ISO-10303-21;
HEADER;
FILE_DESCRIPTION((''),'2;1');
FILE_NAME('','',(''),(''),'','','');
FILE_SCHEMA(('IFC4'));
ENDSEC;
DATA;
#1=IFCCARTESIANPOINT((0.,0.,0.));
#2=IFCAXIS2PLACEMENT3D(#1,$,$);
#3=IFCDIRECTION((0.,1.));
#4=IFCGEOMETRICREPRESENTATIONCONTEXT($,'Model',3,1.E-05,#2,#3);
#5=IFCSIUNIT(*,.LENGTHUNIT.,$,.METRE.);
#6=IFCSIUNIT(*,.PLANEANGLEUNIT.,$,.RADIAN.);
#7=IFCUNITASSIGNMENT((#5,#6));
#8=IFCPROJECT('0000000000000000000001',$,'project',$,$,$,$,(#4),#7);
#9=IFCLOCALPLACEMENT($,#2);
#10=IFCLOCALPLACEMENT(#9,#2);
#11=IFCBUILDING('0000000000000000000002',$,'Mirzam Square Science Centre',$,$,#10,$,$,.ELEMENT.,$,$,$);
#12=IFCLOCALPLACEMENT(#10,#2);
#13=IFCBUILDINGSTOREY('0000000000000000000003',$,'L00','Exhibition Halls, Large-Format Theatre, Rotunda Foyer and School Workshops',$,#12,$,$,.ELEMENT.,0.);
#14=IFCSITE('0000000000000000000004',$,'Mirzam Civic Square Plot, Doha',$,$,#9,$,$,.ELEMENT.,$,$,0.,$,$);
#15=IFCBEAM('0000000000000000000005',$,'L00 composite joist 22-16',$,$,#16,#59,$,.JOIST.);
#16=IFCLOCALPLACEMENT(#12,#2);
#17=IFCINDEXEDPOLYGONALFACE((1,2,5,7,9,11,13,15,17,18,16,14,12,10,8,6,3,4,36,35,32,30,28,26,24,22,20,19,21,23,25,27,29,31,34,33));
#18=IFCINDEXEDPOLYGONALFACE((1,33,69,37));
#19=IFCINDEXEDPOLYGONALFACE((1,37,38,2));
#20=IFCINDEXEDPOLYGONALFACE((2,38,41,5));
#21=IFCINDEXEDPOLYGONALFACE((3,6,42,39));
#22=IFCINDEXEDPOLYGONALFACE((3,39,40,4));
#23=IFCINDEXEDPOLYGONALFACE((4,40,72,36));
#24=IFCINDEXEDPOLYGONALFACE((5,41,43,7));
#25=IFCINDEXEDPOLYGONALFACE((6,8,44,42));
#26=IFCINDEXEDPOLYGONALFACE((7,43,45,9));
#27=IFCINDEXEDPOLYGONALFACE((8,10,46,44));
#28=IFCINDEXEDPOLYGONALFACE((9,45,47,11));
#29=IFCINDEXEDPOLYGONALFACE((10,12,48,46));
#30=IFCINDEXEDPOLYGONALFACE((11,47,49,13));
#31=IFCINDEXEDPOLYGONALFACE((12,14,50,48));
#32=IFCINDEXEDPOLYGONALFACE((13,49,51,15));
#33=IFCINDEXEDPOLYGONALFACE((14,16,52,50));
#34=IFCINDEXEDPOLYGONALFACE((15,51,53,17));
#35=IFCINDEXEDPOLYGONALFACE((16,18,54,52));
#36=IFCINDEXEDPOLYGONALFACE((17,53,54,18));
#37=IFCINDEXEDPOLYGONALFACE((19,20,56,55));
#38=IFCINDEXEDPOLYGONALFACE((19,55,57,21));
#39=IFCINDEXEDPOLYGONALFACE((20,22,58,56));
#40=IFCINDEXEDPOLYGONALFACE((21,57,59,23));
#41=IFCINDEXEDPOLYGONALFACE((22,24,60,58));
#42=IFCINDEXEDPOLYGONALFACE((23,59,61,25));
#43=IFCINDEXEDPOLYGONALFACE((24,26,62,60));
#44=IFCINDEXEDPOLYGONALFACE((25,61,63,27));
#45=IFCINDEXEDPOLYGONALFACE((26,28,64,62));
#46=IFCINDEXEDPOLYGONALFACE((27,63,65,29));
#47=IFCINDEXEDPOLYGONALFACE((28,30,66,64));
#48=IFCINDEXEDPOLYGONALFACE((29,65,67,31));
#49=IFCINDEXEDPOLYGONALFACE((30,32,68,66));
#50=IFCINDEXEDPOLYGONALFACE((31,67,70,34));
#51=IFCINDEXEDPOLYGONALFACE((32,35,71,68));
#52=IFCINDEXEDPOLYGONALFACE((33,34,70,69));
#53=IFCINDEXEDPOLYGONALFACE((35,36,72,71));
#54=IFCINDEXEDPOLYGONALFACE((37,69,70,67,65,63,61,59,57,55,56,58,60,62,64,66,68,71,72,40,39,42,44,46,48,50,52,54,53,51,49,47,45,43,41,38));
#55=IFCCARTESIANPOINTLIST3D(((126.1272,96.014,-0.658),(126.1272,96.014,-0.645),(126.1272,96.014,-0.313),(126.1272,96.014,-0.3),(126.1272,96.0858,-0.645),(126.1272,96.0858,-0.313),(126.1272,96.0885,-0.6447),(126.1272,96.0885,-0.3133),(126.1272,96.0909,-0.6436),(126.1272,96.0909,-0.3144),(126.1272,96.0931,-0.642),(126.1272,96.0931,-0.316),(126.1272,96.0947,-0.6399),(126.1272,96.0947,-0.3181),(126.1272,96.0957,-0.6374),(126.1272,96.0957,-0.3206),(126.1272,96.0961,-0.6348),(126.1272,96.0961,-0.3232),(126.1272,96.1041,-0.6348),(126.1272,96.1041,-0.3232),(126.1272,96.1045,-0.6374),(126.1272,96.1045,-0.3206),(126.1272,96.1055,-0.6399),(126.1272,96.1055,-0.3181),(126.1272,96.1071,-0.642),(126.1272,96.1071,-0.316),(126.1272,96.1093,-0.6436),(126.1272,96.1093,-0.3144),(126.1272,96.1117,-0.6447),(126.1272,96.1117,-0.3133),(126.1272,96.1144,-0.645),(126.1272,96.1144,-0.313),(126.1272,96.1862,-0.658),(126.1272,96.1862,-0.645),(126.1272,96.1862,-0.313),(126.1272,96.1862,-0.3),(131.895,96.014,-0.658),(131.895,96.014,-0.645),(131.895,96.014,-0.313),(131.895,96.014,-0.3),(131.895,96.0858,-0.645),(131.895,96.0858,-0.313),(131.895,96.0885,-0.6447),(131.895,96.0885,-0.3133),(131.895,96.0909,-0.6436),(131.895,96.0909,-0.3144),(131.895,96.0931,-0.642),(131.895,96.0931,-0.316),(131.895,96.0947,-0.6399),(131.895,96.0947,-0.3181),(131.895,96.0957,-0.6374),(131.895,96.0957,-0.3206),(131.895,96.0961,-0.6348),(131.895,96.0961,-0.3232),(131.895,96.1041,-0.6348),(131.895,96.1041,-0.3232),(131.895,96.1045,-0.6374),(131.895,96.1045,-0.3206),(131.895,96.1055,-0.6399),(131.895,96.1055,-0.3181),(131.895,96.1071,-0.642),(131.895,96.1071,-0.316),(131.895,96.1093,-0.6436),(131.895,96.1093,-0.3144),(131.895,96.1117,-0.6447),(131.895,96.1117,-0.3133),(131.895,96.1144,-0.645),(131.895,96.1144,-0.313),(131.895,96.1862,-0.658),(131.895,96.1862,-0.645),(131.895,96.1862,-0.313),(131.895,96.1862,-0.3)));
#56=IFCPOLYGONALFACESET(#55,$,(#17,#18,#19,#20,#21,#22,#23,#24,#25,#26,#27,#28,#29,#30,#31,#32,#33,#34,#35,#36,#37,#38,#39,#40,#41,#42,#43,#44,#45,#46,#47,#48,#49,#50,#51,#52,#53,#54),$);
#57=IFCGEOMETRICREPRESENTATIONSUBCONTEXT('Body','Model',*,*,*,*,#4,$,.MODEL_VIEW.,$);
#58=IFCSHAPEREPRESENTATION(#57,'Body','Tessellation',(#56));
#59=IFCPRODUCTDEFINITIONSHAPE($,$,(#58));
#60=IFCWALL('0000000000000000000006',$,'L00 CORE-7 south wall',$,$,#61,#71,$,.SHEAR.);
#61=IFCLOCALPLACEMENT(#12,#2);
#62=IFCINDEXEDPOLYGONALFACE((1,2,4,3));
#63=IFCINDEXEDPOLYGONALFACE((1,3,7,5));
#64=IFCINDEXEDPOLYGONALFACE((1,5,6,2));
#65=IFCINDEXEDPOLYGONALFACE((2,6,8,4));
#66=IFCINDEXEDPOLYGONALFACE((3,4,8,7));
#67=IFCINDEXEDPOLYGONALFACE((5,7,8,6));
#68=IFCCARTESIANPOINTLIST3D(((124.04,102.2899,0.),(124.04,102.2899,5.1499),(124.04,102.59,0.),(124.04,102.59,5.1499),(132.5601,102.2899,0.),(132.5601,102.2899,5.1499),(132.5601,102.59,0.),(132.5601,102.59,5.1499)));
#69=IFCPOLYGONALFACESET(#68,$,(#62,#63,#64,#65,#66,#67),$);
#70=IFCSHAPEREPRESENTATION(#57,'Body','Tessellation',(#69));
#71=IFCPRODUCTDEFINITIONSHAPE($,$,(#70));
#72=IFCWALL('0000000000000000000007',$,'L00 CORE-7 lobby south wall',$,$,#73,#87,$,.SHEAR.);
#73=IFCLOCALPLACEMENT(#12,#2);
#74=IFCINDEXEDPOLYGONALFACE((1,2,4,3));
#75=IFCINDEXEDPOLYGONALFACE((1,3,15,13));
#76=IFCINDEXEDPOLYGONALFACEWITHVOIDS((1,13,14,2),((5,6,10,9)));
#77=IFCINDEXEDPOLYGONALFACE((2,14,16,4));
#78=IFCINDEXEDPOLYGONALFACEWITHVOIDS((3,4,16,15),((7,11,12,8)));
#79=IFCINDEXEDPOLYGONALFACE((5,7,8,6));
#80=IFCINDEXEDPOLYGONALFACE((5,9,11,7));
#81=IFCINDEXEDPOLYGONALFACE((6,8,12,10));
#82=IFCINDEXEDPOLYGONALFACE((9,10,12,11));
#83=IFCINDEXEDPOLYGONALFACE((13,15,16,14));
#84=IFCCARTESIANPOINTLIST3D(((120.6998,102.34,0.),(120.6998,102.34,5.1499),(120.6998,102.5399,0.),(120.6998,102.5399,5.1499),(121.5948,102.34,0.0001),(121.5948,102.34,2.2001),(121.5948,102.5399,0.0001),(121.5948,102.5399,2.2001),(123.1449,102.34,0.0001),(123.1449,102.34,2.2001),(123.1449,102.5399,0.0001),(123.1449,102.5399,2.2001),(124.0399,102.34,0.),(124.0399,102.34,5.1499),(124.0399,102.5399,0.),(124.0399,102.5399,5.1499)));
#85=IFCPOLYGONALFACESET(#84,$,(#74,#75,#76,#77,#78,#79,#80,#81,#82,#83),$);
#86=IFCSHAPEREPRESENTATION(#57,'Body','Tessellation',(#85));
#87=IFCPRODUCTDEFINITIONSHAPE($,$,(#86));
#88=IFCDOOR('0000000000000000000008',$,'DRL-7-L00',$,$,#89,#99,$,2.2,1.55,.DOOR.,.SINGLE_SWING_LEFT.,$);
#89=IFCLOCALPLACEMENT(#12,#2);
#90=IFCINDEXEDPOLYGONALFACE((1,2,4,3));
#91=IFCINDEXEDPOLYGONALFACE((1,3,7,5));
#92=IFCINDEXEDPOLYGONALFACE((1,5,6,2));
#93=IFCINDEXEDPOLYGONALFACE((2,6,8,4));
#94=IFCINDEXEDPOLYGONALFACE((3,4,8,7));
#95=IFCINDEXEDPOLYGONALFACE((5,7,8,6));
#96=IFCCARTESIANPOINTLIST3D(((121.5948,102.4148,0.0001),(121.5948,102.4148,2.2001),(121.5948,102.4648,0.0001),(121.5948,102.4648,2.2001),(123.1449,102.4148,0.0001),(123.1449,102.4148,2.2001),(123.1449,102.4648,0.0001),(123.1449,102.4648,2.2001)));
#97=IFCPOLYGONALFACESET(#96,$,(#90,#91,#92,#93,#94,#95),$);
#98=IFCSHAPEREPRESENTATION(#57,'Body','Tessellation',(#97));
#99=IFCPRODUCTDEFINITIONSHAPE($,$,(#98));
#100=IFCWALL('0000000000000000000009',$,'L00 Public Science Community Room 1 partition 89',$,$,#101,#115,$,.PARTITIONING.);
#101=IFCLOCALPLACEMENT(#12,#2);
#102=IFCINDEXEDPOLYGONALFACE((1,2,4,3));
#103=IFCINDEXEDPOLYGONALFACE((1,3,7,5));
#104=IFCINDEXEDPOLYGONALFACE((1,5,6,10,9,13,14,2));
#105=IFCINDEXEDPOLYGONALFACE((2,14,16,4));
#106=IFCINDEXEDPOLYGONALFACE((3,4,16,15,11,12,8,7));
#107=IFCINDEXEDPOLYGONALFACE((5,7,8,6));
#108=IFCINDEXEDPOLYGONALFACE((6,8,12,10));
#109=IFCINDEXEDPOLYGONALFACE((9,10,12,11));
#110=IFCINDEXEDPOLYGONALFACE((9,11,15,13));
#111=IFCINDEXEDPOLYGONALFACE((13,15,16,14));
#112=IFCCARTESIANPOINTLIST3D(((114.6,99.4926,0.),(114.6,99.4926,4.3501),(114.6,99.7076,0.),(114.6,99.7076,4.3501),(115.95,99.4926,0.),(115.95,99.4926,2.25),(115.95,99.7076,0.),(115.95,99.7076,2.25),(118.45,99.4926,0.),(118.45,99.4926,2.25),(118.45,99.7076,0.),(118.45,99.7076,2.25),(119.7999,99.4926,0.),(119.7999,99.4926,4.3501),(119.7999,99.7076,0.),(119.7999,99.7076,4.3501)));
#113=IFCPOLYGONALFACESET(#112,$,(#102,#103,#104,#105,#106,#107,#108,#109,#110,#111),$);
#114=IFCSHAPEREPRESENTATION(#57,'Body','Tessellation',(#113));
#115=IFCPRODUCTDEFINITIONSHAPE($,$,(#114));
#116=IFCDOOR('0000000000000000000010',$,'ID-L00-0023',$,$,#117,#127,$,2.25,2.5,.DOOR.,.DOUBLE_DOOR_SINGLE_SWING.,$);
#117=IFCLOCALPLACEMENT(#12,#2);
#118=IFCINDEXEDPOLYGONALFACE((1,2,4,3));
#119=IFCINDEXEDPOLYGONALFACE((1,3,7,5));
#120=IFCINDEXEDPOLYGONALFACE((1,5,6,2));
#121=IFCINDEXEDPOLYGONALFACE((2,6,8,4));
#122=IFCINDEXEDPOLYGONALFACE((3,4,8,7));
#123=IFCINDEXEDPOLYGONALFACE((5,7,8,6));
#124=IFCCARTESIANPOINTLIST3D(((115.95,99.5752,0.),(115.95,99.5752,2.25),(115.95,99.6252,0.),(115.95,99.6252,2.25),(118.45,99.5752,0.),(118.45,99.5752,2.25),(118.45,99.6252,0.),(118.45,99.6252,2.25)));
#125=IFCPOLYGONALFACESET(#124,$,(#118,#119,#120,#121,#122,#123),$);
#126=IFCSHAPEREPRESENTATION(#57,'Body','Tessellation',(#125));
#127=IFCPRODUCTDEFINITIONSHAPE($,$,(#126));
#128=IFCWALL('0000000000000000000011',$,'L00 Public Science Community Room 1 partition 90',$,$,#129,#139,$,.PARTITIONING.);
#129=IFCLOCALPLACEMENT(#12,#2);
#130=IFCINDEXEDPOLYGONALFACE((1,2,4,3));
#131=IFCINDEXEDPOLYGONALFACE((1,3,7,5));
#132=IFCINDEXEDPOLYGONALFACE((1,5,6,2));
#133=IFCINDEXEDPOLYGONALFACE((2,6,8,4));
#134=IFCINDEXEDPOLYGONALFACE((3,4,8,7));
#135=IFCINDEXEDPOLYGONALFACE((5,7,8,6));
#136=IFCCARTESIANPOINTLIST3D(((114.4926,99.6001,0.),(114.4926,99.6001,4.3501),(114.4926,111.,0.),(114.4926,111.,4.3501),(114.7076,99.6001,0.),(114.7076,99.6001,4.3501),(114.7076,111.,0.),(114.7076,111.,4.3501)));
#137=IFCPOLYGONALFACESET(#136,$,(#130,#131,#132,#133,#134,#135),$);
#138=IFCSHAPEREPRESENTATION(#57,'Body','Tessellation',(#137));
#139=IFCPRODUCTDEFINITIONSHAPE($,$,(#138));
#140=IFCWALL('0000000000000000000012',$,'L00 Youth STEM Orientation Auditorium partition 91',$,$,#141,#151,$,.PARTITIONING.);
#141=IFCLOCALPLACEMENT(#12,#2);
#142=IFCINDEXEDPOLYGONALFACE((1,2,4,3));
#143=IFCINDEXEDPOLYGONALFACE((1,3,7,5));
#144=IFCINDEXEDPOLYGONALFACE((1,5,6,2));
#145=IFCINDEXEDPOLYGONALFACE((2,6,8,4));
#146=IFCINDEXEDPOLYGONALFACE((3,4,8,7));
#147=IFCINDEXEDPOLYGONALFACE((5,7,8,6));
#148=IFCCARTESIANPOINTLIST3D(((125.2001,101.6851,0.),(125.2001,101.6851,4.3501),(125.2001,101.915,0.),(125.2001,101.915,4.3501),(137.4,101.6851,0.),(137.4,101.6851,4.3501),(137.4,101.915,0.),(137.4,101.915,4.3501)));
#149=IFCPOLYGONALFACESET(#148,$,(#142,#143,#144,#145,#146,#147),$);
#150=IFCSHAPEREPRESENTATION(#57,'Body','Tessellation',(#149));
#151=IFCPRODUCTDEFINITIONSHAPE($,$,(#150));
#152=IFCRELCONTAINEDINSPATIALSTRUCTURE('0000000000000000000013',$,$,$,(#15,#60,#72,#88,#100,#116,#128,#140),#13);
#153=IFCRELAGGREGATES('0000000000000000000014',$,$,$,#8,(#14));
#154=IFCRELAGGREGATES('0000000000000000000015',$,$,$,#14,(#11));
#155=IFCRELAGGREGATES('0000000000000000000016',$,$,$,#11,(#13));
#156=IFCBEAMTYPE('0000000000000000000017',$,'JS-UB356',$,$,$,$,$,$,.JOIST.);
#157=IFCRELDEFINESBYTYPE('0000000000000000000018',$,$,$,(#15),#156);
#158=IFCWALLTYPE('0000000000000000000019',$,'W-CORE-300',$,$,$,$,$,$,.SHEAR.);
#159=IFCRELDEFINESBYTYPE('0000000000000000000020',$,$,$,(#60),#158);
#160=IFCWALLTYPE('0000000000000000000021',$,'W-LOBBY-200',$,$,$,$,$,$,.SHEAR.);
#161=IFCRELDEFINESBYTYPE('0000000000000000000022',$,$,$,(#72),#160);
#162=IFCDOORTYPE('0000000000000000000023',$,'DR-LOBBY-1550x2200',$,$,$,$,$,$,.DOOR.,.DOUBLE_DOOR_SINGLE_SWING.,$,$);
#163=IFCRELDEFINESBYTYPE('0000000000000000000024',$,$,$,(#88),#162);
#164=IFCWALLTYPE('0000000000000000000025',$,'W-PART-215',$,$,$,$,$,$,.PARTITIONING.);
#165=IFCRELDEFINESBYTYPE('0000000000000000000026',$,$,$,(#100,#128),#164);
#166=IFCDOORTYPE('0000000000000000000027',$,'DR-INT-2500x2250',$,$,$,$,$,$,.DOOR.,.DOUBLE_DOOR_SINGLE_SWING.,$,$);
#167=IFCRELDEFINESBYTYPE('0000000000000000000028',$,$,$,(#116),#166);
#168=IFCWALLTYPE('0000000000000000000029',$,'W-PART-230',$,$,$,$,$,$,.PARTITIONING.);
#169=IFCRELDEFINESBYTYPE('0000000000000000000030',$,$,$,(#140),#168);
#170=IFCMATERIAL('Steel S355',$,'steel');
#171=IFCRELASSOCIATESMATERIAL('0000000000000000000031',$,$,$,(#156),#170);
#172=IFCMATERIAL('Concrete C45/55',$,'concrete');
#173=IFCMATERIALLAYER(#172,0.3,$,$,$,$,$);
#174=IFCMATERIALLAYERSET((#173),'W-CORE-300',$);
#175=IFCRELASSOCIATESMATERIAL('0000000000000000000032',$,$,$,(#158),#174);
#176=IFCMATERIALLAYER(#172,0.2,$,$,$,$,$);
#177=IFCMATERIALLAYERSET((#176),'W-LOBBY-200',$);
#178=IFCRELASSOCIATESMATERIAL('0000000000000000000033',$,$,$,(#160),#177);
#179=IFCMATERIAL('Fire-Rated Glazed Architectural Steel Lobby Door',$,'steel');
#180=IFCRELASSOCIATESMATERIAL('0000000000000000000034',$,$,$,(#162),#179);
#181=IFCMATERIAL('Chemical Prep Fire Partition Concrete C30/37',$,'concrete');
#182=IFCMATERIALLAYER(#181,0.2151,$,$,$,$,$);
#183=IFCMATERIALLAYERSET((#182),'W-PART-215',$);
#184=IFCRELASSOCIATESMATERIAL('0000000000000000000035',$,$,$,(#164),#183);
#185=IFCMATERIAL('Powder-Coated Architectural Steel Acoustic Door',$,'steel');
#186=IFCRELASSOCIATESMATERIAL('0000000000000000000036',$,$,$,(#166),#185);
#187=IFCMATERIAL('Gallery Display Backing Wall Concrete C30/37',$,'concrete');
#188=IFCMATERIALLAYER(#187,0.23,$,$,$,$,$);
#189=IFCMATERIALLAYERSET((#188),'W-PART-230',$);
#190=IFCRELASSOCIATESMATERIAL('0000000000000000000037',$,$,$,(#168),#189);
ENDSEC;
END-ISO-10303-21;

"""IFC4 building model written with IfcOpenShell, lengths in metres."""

from ifc_helpers import new_model, si_unit, direction, frame, frame_2d, origin, origin_2d, place, context, subcontext, project, spatial, rectangle, i_section, extrude, material, layer, layer_set, material_profile, profile_set, type_object, element, fill, save


model = new_model("IFC4")

# Units and contexts
model_context = context("Model", 3, precision=1e-05, world=origin(), true_north=direction((0.0, 1.0)))
body_context = subcontext(model_context, "Body", "Model", "MODEL_VIEW")
ifc_project = project(units=[si_unit("LENGTHUNIT", "METRE"), si_unit("PLANEANGLEUNIT", "RADIAN")], contexts=[model_context])

# Site, building, storey
site_placement = place(None, origin())
site = spatial("IfcSite", under=ifc_project, at=site_placement, Name="Mirzam Civic Square Plot, Doha", CompositionType="ELEMENT", RefElevation=0.0)
building_placement = place(site_placement, origin())
building = spatial("IfcBuilding", under=site, at=building_placement, Name="Mirzam Square Science Centre", CompositionType="ELEMENT")
storey_placement = place(building_placement, origin())
storey = spatial("IfcBuildingStorey", under=building, at=storey_placement, Name="L00", Description="Exhibition Halls, Large-Format Theatre, Rotunda Foyer and School Workshops", CompositionType="ELEMENT", Elevation=0.0)

# Shared definitions
ifc_material_1 = material(Name="Concrete C45/55", Category="concrete")

# Shared definitions
ifc_material_2 = material(Name="Steel S355", Category="steel")

# Beam
ifc_material_profile_1 = material_profile(ifc_material_2, i_section(OverallWidth=0.1721, OverallDepth=0.3579, WebThickness=0.0081, FlangeThickness=0.0129, FilletRadius=0.0103, at=origin_2d()), Name="356x171x57UB")
ifc_profile_set_1 = profile_set([ifc_material_profile_1], Name="Steel S355")
beam_type_1 = type_object("IfcBeamType", Name="JS-UB356", PredefinedType="JOIST", material=ifc_profile_set_1)
beam_1_placement = place(storey_placement, frame((126.1272, 96.1001, -0.479), z_axis=(1.0, 0.0, 0.0), x_axis=(0.0, 1.0, 0.0)))
element("IfcBeam", 1, at=beam_1_placement, inside=storey, type_object=beam_type_1, Name="L00 composite joist 22-16", PredefinedType="JOIST", context=body_context, shape_type="SweptSolid", body=[
    extrude(i_section(OverallWidth=0.1721, OverallDepth=0.3579, WebThickness=0.0081, FlangeThickness=0.0129, FilletRadius=0.0103, at=origin_2d()), origin(), (0.0, 0.0, 1.0), 5.7678),
])

# Wall
ifc_layer_1 = layer(ifc_material_1, 0.3)
ifc_layer_set_1 = layer_set([ifc_layer_1], Name="W-CORE-300")
wall_type_1 = type_object("IfcWallType", Name="W-CORE-300", PredefinedType="SHEAR", material=ifc_layer_set_1)
wall_1_placement = place(storey_placement, frame((124.04, 102.4399, 0.0), z_axis=(0.0, 0.0, 1.0), x_axis=(1.0, 0.0, 0.0)))
element("IfcWall", 2, at=wall_1_placement, inside=storey, type_object=wall_type_1, Name="L00 CORE-7 south wall", PredefinedType="SHEAR", context=body_context, shape_type="SweptSolid", body=[
    extrude(rectangle(XDim=8.52, YDim=0.3, at=frame_2d((4.26, 0.0))), origin(), (0.0, 0.0, 1.0), 5.1499),
])

# Walls, openings, doors
ifc_layer_2 = layer(ifc_material_1, 0.2)
ifc_layer_set_2 = layer_set([ifc_layer_2], Name="W-LOBBY-200")
wall_type_2 = type_object("IfcWallType", Name="W-LOBBY-200", PredefinedType="SHEAR", material=ifc_layer_set_2)
wall_2_placement = place(storey_placement, frame((120.7, 102.4399, 0.0), z_axis=(0.0, 0.0, 1.0), x_axis=(1.0, 0.0, 0.0)))
wall_2 = element("IfcWall", 3, at=wall_2_placement, inside=storey, type_object=wall_type_2, Name="L00 CORE-7 lobby south wall", PredefinedType="SHEAR", context=body_context, shape_type="SweptSolid", body=[
    extrude(rectangle(XDim=3.3401, YDim=0.2, at=frame_2d((1.6699, 0.0))), origin(), (0.0, 0.0, 1.0), 5.1499),
])
opening_1_placement = place(wall_2_placement, frame((0.895, 0.0, 0.0)))
opening_1 = element("IfcOpeningElement", 4, at=opening_1_placement, cuts=wall_2, PredefinedType="OPENING", context=body_context, shape_type="SweptSolid", body=[
    extrude(rectangle(XDim=1.55, YDim=2.2, at=frame_2d((0.7749, 1.1001))), frame((0.0, 0.1099, 0.0), z_axis=(0.0, -1.0, 0.0), x_axis=(1.0, 0.0, 0.0)), (0.0, 0.0, 1.0), 0.22),
])
ifc_material_3 = material(Name="Fire-Rated Glazed Architectural Steel Lobby Door", Category="steel")
door_type_1 = type_object("IfcDoorType", Name="DR-LOBBY-1550x2200", OperationType="DOUBLE_DOOR_SINGLE_SWING", PredefinedType="DOOR", material=ifc_material_3)
door_1_placement = place(opening_1_placement, origin())
door_1 = element("IfcDoor", 5, at=door_1_placement, inside=storey, type_object=door_type_1, Name="DRL-7-L00", OperationType="SINGLE_SWING_LEFT", OverallHeight=2.2, OverallWidth=1.55, PredefinedType="DOOR", context=body_context, shape_type="SweptSolid", body=[
    extrude(rectangle(XDim=1.55, YDim=2.2, at=frame_2d((0.7749, 1.1001))), frame((0.0, 0.0249, 0.0), z_axis=(0.0, -1.0, 0.0), x_axis=(1.0, 0.0, 0.0)), (0.0, 0.0, 1.0), 0.05),
])
fill(opening_1, door_1)
ifc_material_4 = material(Name="Chemical Prep Fire Partition Concrete C30/37", Category="concrete")
ifc_layer_3 = layer(ifc_material_4, 0.2151)
ifc_layer_set_3 = layer_set([ifc_layer_3], Name="W-PART-215")
wall_type_3 = type_object("IfcWallType", Name="W-PART-215", PredefinedType="PARTITIONING", material=ifc_layer_set_3)
wall_3_placement = place(storey_placement, frame((119.8, 99.6001, 0.0), z_axis=(0.0, 0.0, 1.0), x_axis=(-1.0, 0.0, 0.0)))
wall_3 = element("IfcWall", 6, at=wall_3_placement, inside=storey, type_object=wall_type_3, Name="L00 Public Science Community Room 1 partition 89", PredefinedType="PARTITIONING", context=body_context, shape_type="SweptSolid", body=[
    extrude(rectangle(XDim=5.2, YDim=0.2151, at=frame_2d((2.6001, 0.0))), origin(), (0.0, 0.0, 1.0), 4.3501),
])
opening_2_placement = place(wall_3_placement, frame((1.3501, 0.0, 0.0)))
opening_2 = element("IfcOpeningElement", 7, at=opening_2_placement, cuts=wall_3, PredefinedType="OPENING", context=body_context, shape_type="SweptSolid", body=[
    extrude(rectangle(XDim=2.5, YDim=2.25, at=frame_2d((1.25, 1.125))), frame((0.0, 0.1174, 0.0), z_axis=(0.0, -1.0, 0.0), x_axis=(1.0, 0.0, 0.0)), (0.0, 0.0, 1.0), 0.2351),
])
ifc_material_5 = material(Name="Powder-Coated Architectural Steel Acoustic Door", Category="steel")
door_type_2 = type_object("IfcDoorType", Name="DR-INT-2500x2250", OperationType="DOUBLE_DOOR_SINGLE_SWING", PredefinedType="DOOR", material=ifc_material_5)
door_2_placement = place(opening_2_placement, origin())
door_2 = element("IfcDoor", 8, at=door_2_placement, inside=storey, type_object=door_type_2, Name="ID-L00-0023", OperationType="DOUBLE_DOOR_SINGLE_SWING", OverallHeight=2.25, OverallWidth=2.5, PredefinedType="DOOR", context=body_context, shape_type="SweptSolid", body=[
    extrude(rectangle(XDim=2.5, YDim=2.25, at=frame_2d((1.25, 1.125))), frame((0.0, 0.0249, 0.0), z_axis=(0.0, -1.0, 0.0), x_axis=(1.0, 0.0, 0.0)), (0.0, 0.0, 1.0), 0.05),
])
fill(opening_2, door_2)

# Walls
wall_4_placement = place(storey_placement, frame((114.6001, 99.6001, 0.0), z_axis=(0.0, 0.0, 1.0), x_axis=(0.0, 1.0, 0.0)))
element("IfcWall", 9, at=wall_4_placement, inside=storey, type_object=wall_type_3, Name="L00 Public Science Community Room 1 partition 90", PredefinedType="PARTITIONING", context=body_context, shape_type="SweptSolid", body=[
    extrude(rectangle(XDim=11.3999, YDim=0.2151, at=frame_2d((5.7, 0.0))), origin(), (0.0, 0.0, 1.0), 4.3501),
])
ifc_material_6 = material(Name="Gallery Display Backing Wall Concrete C30/37", Category="concrete")
ifc_layer_4 = layer(ifc_material_6, 0.23)
ifc_layer_set_4 = layer_set([ifc_layer_4], Name="W-PART-230")
wall_type_4 = type_object("IfcWallType", Name="W-PART-230", PredefinedType="PARTITIONING", material=ifc_layer_set_4)
wall_5_placement = place(storey_placement, frame((125.2, 101.8, 0.0), z_axis=(0.0, 0.0, 1.0), x_axis=(1.0, 0.0, 0.0)))
element("IfcWall", 10, at=wall_5_placement, inside=storey, type_object=wall_type_4, Name="L00 Youth STEM Orientation Auditorium partition 91", PredefinedType="PARTITIONING", context=body_context, shape_type="SweptSolid", body=[
    extrude(rectangle(XDim=12.2, YDim=0.23, at=frame_2d((6.1001, 0.0))), origin(), (0.0, 0.0, 1.0), 4.3501),
])

save(model, "model.ifc")
